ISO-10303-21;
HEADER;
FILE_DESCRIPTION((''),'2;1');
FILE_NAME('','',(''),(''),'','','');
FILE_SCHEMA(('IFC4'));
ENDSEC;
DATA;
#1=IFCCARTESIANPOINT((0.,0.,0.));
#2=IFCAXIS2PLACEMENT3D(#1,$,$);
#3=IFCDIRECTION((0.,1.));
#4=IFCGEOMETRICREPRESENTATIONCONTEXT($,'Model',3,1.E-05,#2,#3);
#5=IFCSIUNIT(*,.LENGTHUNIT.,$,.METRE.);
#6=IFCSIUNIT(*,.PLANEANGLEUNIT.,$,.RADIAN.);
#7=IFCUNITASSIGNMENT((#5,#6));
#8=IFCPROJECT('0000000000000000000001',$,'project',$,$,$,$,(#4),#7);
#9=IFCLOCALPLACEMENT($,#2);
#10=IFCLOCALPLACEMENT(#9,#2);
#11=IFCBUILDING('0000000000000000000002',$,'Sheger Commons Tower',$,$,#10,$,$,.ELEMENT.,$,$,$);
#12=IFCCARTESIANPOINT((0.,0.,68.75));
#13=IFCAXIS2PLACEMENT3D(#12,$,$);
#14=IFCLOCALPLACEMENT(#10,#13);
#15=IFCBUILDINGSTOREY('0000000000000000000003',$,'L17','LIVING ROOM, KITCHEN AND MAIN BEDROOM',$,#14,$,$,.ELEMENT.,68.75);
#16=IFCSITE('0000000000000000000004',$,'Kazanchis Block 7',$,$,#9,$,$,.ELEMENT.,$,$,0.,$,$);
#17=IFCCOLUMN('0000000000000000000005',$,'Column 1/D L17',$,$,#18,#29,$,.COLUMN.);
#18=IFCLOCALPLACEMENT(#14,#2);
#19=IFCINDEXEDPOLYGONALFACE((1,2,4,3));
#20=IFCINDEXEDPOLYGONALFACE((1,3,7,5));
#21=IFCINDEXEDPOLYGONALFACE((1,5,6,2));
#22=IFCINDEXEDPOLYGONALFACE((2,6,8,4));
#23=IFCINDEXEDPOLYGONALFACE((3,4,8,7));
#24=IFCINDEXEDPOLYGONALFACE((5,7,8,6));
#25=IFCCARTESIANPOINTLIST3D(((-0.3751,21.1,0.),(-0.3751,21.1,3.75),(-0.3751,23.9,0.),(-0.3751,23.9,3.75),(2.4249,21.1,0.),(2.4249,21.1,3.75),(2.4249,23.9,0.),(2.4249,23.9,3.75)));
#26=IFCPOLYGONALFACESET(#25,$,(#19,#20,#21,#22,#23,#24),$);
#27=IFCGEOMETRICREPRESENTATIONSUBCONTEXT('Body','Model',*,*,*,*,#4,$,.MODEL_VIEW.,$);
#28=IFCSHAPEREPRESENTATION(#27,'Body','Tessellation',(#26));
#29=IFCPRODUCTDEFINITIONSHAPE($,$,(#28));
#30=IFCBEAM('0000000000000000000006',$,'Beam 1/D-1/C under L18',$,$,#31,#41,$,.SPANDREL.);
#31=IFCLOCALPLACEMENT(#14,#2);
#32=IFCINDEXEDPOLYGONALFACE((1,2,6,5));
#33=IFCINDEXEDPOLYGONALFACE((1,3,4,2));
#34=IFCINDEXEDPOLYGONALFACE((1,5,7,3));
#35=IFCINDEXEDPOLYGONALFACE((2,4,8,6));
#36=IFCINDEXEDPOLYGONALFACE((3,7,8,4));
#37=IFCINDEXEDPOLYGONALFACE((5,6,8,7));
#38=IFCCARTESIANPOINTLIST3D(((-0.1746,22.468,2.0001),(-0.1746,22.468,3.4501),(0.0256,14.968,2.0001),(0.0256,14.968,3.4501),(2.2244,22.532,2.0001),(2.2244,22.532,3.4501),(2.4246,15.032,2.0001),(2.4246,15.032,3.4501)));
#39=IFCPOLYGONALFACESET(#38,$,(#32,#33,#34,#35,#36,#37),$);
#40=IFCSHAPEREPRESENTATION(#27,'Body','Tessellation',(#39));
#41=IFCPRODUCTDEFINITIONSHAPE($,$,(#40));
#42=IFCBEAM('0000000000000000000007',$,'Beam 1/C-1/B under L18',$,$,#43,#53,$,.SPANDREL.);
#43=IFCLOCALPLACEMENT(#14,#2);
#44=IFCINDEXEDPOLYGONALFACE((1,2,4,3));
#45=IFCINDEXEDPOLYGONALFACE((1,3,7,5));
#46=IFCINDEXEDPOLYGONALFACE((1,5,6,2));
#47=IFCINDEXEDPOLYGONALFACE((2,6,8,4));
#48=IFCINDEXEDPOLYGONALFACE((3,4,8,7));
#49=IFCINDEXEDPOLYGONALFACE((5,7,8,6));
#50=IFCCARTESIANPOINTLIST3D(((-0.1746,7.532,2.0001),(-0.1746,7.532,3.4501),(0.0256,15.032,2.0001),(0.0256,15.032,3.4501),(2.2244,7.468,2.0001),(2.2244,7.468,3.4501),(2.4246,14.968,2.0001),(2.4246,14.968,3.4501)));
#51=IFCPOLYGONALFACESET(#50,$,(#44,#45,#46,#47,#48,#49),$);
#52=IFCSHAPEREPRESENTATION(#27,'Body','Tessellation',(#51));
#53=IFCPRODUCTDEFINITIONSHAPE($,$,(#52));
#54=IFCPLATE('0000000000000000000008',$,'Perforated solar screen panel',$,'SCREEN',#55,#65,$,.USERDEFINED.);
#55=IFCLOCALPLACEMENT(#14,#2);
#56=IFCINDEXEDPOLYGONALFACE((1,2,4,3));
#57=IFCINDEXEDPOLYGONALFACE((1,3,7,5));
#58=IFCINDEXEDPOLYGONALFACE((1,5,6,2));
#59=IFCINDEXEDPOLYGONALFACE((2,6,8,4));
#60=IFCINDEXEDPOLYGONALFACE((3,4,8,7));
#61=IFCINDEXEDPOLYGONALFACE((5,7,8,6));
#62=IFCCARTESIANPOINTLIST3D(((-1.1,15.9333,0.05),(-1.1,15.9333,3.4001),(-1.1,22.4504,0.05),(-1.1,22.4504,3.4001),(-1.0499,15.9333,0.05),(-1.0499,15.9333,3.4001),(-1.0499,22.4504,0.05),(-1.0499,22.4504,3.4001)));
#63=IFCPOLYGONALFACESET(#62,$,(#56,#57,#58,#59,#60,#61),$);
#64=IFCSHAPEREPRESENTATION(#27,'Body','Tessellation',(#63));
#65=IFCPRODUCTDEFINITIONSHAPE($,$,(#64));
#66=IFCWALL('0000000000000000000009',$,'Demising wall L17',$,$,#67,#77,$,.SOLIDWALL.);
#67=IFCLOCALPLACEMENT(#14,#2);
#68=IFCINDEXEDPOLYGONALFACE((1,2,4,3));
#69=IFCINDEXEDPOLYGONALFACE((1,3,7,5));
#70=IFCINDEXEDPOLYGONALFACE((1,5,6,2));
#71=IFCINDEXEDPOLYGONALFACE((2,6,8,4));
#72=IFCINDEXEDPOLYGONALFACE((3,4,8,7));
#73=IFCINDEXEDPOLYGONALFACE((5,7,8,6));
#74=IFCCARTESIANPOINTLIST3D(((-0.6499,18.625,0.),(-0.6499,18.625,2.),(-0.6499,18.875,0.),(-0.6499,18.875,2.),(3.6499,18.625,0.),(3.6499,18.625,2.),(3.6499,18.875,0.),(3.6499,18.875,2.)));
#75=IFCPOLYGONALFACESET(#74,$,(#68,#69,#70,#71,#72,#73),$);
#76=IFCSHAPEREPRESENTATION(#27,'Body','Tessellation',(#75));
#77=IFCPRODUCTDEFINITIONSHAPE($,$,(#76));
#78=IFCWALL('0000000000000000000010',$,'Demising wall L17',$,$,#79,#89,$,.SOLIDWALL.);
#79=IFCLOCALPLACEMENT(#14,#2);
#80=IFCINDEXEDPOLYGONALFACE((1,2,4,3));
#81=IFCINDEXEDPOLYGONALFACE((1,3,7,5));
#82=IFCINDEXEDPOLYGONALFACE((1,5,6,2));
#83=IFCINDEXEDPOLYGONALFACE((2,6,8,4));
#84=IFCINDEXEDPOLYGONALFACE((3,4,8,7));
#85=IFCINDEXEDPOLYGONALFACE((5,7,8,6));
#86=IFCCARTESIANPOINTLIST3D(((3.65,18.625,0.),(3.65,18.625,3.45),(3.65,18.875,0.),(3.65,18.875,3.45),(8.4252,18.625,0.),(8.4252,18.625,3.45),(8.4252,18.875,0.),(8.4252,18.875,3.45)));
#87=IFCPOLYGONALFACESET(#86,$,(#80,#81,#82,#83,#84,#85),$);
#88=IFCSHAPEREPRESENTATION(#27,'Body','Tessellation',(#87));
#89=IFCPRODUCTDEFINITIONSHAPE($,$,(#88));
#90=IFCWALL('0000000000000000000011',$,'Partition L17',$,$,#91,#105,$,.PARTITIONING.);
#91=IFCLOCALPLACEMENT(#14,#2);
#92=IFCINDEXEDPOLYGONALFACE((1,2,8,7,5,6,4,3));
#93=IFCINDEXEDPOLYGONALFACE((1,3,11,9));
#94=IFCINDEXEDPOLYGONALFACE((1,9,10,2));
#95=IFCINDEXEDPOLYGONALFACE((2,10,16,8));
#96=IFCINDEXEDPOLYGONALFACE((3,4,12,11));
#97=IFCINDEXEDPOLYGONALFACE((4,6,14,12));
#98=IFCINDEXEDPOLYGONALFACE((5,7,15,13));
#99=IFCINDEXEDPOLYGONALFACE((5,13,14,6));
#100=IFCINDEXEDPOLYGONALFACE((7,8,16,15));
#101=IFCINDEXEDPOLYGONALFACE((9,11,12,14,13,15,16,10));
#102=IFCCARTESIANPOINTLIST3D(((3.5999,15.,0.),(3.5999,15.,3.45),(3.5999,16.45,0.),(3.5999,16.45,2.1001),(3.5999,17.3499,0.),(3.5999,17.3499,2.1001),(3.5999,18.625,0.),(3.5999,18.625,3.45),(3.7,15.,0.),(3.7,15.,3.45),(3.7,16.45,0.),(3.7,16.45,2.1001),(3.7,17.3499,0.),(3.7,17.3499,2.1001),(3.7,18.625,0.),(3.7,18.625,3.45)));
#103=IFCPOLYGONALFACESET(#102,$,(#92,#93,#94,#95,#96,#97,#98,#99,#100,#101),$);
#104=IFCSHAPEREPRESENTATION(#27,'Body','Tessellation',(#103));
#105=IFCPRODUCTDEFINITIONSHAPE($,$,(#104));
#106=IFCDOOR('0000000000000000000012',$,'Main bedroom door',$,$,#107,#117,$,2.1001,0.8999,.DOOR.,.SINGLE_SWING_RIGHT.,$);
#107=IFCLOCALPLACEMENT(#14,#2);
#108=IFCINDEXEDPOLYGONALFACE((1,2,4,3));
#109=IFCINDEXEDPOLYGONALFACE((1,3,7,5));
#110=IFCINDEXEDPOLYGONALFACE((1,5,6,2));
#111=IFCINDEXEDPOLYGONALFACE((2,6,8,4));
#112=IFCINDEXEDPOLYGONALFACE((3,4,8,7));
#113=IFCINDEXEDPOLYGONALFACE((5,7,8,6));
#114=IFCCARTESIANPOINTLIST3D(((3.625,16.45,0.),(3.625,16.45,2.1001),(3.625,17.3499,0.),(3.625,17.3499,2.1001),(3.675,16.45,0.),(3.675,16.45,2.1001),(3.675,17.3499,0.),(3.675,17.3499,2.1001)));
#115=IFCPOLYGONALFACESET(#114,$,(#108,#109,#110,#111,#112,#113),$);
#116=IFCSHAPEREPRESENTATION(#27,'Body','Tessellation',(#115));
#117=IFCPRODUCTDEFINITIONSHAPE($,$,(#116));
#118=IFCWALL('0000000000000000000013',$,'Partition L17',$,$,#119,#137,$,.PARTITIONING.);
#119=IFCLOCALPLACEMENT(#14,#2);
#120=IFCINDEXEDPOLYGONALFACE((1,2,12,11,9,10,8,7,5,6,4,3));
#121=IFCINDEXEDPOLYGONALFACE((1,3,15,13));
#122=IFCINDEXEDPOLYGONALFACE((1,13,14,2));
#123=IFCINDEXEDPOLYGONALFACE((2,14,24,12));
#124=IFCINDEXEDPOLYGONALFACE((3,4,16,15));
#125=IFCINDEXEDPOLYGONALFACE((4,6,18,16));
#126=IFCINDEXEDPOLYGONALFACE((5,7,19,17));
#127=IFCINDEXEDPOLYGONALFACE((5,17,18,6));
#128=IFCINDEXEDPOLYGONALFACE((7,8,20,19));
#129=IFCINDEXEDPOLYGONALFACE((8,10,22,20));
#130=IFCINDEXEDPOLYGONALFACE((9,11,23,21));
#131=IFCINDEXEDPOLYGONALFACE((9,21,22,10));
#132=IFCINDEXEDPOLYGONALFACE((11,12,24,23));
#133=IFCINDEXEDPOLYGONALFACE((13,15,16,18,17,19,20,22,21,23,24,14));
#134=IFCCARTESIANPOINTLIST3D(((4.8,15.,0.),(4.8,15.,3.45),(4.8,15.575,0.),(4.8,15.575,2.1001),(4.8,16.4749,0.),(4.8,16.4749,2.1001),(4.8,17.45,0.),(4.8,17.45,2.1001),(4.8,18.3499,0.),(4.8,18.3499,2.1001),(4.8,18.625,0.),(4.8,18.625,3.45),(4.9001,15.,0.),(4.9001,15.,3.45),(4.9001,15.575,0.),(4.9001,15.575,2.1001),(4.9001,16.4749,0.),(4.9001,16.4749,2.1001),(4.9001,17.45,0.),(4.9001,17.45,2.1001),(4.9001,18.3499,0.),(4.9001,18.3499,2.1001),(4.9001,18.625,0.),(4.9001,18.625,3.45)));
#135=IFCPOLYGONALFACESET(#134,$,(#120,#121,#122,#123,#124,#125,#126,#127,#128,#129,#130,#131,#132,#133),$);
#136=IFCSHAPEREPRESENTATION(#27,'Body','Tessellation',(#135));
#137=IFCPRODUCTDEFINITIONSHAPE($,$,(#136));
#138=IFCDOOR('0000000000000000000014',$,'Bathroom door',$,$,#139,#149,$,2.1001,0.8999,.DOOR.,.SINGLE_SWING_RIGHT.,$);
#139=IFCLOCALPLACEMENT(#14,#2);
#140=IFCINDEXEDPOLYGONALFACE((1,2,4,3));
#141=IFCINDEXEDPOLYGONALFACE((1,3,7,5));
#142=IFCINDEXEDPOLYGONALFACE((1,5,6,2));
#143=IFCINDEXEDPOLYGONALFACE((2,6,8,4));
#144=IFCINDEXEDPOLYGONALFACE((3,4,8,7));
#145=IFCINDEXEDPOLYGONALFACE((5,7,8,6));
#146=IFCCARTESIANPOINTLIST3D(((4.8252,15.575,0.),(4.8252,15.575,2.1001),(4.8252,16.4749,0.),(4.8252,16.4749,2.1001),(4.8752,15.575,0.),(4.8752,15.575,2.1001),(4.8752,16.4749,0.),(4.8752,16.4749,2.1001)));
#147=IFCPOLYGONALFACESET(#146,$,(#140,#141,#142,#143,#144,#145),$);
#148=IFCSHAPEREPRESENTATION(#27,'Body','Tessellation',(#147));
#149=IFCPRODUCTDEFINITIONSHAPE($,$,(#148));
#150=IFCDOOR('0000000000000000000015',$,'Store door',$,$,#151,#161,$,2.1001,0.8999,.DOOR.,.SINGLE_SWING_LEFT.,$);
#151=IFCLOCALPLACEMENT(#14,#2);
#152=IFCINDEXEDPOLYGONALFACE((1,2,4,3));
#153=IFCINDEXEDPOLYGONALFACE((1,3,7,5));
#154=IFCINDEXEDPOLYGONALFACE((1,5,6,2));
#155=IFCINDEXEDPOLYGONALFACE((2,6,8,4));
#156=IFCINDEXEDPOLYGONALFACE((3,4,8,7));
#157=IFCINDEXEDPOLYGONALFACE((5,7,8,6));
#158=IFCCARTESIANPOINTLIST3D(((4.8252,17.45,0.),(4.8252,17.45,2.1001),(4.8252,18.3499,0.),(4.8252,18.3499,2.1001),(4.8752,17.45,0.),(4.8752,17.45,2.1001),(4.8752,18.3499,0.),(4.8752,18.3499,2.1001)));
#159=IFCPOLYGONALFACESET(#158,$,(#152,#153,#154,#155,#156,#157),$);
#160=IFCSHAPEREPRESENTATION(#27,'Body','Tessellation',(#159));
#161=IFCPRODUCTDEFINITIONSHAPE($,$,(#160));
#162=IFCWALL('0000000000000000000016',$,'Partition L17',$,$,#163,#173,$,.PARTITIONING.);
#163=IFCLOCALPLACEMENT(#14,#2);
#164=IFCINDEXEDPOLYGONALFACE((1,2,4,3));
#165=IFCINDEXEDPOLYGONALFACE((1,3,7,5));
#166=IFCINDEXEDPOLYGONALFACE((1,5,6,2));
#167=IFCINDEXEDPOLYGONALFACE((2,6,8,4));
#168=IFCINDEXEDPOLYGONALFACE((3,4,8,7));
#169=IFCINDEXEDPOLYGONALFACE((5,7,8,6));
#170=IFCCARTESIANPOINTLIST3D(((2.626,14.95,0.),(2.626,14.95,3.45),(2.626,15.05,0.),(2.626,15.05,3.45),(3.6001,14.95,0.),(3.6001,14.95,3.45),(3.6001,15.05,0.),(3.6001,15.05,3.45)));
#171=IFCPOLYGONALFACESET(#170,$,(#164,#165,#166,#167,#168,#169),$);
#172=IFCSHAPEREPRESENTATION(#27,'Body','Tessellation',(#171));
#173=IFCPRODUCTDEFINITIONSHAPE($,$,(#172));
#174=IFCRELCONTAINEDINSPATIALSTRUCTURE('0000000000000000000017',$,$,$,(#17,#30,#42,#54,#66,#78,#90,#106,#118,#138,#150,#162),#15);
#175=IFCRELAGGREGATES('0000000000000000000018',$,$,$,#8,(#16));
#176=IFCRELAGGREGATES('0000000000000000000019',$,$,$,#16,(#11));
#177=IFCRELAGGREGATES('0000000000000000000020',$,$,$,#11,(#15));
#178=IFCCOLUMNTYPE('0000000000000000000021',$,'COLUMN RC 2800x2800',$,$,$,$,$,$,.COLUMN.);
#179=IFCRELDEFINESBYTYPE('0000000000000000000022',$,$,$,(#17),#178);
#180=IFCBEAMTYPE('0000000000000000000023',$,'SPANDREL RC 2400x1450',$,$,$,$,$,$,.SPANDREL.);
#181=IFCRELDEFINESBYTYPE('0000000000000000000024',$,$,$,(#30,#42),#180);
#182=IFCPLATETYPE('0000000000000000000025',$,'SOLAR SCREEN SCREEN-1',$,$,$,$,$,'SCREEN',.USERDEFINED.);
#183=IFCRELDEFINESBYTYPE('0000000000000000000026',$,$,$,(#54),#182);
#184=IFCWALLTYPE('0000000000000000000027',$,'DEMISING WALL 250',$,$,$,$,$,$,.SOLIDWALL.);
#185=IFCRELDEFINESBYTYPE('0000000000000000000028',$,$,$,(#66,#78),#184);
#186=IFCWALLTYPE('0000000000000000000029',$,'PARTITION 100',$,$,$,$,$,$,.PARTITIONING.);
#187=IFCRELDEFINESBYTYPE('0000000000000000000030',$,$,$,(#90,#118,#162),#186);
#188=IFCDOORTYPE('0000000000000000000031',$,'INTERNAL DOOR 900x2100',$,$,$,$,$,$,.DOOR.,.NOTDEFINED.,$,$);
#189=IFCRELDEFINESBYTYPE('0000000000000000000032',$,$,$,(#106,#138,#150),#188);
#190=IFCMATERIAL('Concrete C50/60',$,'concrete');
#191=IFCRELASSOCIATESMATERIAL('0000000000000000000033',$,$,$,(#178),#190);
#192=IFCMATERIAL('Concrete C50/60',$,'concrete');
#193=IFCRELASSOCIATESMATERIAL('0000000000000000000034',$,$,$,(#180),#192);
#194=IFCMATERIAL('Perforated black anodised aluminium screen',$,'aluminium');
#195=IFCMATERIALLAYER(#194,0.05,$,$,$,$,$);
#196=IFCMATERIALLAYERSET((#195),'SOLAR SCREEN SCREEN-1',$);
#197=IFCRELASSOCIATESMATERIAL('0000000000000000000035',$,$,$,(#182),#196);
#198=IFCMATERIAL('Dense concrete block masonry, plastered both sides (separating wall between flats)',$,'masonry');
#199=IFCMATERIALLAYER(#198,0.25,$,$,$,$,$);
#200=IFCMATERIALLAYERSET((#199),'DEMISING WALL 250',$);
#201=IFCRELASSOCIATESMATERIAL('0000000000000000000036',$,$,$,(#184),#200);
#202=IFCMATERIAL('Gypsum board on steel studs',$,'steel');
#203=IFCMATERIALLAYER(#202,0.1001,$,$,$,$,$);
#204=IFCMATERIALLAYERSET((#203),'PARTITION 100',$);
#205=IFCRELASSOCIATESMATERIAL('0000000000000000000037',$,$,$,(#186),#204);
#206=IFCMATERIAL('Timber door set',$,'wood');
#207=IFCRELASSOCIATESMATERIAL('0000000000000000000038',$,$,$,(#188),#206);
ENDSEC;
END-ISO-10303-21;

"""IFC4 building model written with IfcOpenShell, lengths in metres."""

from ifc_helpers import new_model, si_unit, direction, frame, frame_2d, origin, origin_2d, place, context, subcontext, project, spatial, rectangle, extrude, material, layer, layer_set, material_profile, profile_set, type_object, element, fill, save


model = new_model("IFC4")

# Units and contexts
model_context = context("Model", 3, precision=1e-05, world=origin(), true_north=direction((0.0, 1.0)))
body_context = subcontext(model_context, "Body", "Model", "MODEL_VIEW")
ifc_project = project(units=[si_unit("LENGTHUNIT", "METRE"), si_unit("PLANEANGLEUNIT", "RADIAN")], contexts=[model_context])

# Site, building, storey
site_placement = place(None, origin())
site = spatial("IfcSite", under=ifc_project, at=site_placement, Name="Kazanchis Block 7", CompositionType="ELEMENT", RefElevation=0.0)
building_placement = place(site_placement, origin())
building = spatial("IfcBuilding", under=site, at=building_placement, Name="Sheger Commons Tower", CompositionType="ELEMENT")
storey_placement = place(building_placement, frame((0.0, 0.0, 68.75)))
storey = spatial("IfcBuildingStorey", under=building, at=storey_placement, Name="L17", Description="LIVING ROOM, KITCHEN AND MAIN BEDROOM", CompositionType="ELEMENT", Elevation=68.75)

# Column
ifc_material_1 = material(Name="Concrete C50/60", Category="concrete")
ifc_material_profile_1 = material_profile(ifc_material_1, rectangle(XDim=2.8, YDim=2.8, at=origin_2d()), Name="RC 2800x2800")
ifc_profile_set_1 = profile_set([ifc_material_profile_1], Name="Concrete C50/60")
column_type = type_object("IfcColumnType", Name="COLUMN RC 2800x2800", PredefinedType="COLUMN", material=ifc_profile_set_1)
column_placement = place(storey_placement, frame((1.0249, 22.5, 0.0), z_axis=(0.0, 0.0, 1.0), x_axis=(1.0, 0.0, 0.0)))
element("IfcColumn", 1, at=column_placement, inside=storey, type_object=column_type, Name="Column 1/D L17", PredefinedType="COLUMN", context=body_context, shape_type="SweptSolid", body=[
    extrude(rectangle(XDim=2.8, YDim=2.8, at=origin_2d()), origin(), (0.0, 0.0, 1.0), 3.75),
])

# Beams
ifc_material_2 = material(Name="Concrete C50/60", Category="concrete")
ifc_material_profile_2 = material_profile(ifc_material_2, rectangle(XDim=2.3999, YDim=1.45, at=origin_2d()), Name="RC 2400x1450")
ifc_profile_set_2 = profile_set([ifc_material_profile_2], Name="Concrete C50/60")
beam_type = type_object("IfcBeamType", Name="SPANDREL RC 2400x1450", PredefinedType="SPANDREL", material=ifc_profile_set_2)
for number, where, z_axis, x_axis, name in (
    (2, (1.0249, 22.5, 2.7251), (0.026683, -0.999644, 0.0), (0.999644, 0.026683, 0.0), "Beam 1/D-1/C under L18"),
    (3, (1.2251, 15.0, 2.7251), (-0.026683, -0.999644, 0.0), (0.999644, -0.026683, 0.0), "Beam 1/C-1/B under L18"),
):
    element("IfcBeam", number, at=place(storey_placement, frame(where, z_axis=z_axis, x_axis=x_axis)), inside=storey, type_object=beam_type, Name=name, PredefinedType="SPANDREL", context=body_context, shape_type="SweptSolid", body=[
        extrude(rectangle(XDim=2.3999, YDim=1.45, at=origin_2d()), origin(), (0.0, 0.0, 1.0), 7.5027),
    ])

# Plate
ifc_material_3 = material(Name="Perforated black anodised aluminium screen", Category="aluminium")
ifc_layer_1 = layer(ifc_material_3, 0.05)
ifc_layer_set_1 = layer_set([ifc_layer_1], Name="SOLAR SCREEN SCREEN-1")
plate_type = type_object("IfcPlateType", Name="SOLAR SCREEN SCREEN-1", ElementType="SCREEN", PredefinedType="USERDEFINED", material=ifc_layer_set_1)
plate_placement = place(storey_placement, frame((-1.075, 19.1919, 0.05), z_axis=(0.0, 0.0, 1.0), x_axis=(0.0, -1.0, 0.0)))
element("IfcPlate", 4, at=plate_placement, inside=storey, type_object=plate_type, Name="Perforated solar screen panel", ObjectType="SCREEN", PredefinedType="USERDEFINED", context=body_context, shape_type="SweptSolid", body=[
    extrude(rectangle(XDim=6.5171, YDim=0.05, at=origin_2d()), origin(), (0.0, 0.0, 1.0), 3.3501),
])

# Walls
ifc_material_4 = material(Name="Dense concrete block masonry, plastered both sides (separating wall between flats)", Category="masonry")
ifc_layer_2 = layer(ifc_material_4, 0.25)
ifc_layer_set_2 = layer_set([ifc_layer_2], Name="DEMISING WALL 250")
wall_type_1 = type_object("IfcWallType", Name="DEMISING WALL 250", PredefinedType="SOLIDWALL", material=ifc_layer_set_2)
wall_1_placement = place(storey_placement, frame((-0.6499, 18.75, 0.0), z_axis=(0.0, 0.0, 1.0), x_axis=(1.0, 0.0, 0.0)))
element("IfcWall", 5, at=wall_1_placement, inside=storey, type_object=wall_type_1, Name="Demising wall L17", PredefinedType="SOLIDWALL", context=body_context, shape_type="SweptSolid", body=[
    extrude(rectangle(XDim=4.2998, YDim=0.25, at=frame_2d((2.1499, 0.0))), origin(), (0.0, 0.0, 1.0), 2.0),
])
wall_2_placement = place(storey_placement, frame((3.6499, 18.75, 0.0), z_axis=(0.0, 0.0, 1.0), x_axis=(1.0, 0.0, 0.0)))
element("IfcWall", 6, at=wall_2_placement, inside=storey, type_object=wall_type_1, Name="Demising wall L17", PredefinedType="SOLIDWALL", context=body_context, shape_type="SweptSolid", body=[
    extrude(rectangle(XDim=4.7751, YDim=0.25, at=frame_2d((2.3877, 0.0))), origin(), (0.0, 0.0, 1.0), 3.45),
])

# Wall, opening, door
ifc_material_5 = material(Name="Gypsum board on steel studs", Category="steel")
ifc_layer_3 = layer(ifc_material_5, 0.1001)
ifc_layer_set_3 = layer_set([ifc_layer_3], Name="PARTITION 100")
wall_type_2 = type_object("IfcWallType", Name="PARTITION 100", PredefinedType="PARTITIONING", material=ifc_layer_set_3)
wall_3_placement = place(storey_placement, frame((3.6499, 15.0, 0.0), z_axis=(0.0, 0.0, 1.0), x_axis=(0.0, 1.0, 0.0)))
wall_3 = element("IfcWall", 7, at=wall_3_placement, inside=storey, type_object=wall_type_2, Name="Partition L17", PredefinedType="PARTITIONING", context=body_context, shape_type="SweptSolid", body=[
    extrude(rectangle(XDim=3.625, YDim=0.1001, at=frame_2d((1.8125, 0.0))), origin(), (0.0, 0.0, 1.0), 3.45),
])
opening_1_placement = place(wall_3_placement, frame((1.45, 0.0, 0.0)))
opening_1 = element("IfcOpeningElement", 8, at=opening_1_placement, cuts=wall_3, PredefinedType="OPENING", context=body_context, shape_type="SweptSolid", body=[
    extrude(rectangle(XDim=0.8999, YDim=2.1001, at=frame_2d((0.45, 1.05))), frame((0.0, 0.0601, 0.0), z_axis=(0.0, -1.0, 0.0), x_axis=(1.0, 0.0, 0.0)), (0.0, 0.0, 1.0), 0.1201),
])
ifc_material_6 = material(Name="Timber door set", Category="wood")
door_type = type_object("IfcDoorType", Name="INTERNAL DOOR 900x2100", OperationType="NOTDEFINED", PredefinedType="DOOR", material=ifc_material_6)
door_1_placement = place(opening_1_placement, origin())
door_1 = element("IfcDoor", 9, at=door_1_placement, inside=storey, type_object=door_type, Name="Main bedroom door", OperationType="SINGLE_SWING_RIGHT", OverallHeight=2.1001, OverallWidth=0.8999, PredefinedType="DOOR", context=body_context, shape_type="SweptSolid", body=[
    extrude(rectangle(XDim=0.8999, YDim=2.1001, at=frame_2d((0.45, 1.05))), frame((0.0, 0.0249, 0.0), z_axis=(0.0, -1.0, 0.0), x_axis=(1.0, 0.0, 0.0)), (0.0, 0.0, 1.0), 0.05),
])
fill(opening_1, door_1)

# Wall, openings, doors
wall_4_placement = place(storey_placement, frame((4.8501, 15.0, 0.0), z_axis=(0.0, 0.0, 1.0), x_axis=(0.0, 1.0, 0.0)))
wall_4 = element("IfcWall", 10, at=wall_4_placement, inside=storey, type_object=wall_type_2, Name="Partition L17", PredefinedType="PARTITIONING", context=body_context, shape_type="SweptSolid", body=[
    extrude(rectangle(XDim=3.625, YDim=0.1001, at=frame_2d((1.8125, 0.0))), origin(), (0.0, 0.0, 1.0), 3.45),
])
opening_2_placement = place(wall_4_placement, frame((0.575, 0.0, 0.0)))
opening_2 = element("IfcOpeningElement", 11, at=opening_2_placement, cuts=wall_4, PredefinedType="OPENING", context=body_context, shape_type="SweptSolid", body=[
    extrude(rectangle(XDim=0.8999, YDim=2.1001, at=frame_2d((0.45, 1.05))), frame((0.0, 0.0601, 0.0), z_axis=(0.0, -1.0, 0.0), x_axis=(1.0, 0.0, 0.0)), (0.0, 0.0, 1.0), 0.1201),
])
opening_3_placement = place(wall_4_placement, frame((2.45, 0.0, 0.0)))
opening_3 = element("IfcOpeningElement", 12, at=opening_3_placement, cuts=wall_4, PredefinedType="OPENING", context=body_context, shape_type="SweptSolid", body=[
    extrude(rectangle(XDim=0.8999, YDim=2.1001, at=frame_2d((0.45, 1.05))), frame((0.0, 0.0601, 0.0), z_axis=(0.0, -1.0, 0.0), x_axis=(1.0, 0.0, 0.0)), (0.0, 0.0, 1.0), 0.1201),
])
door_2_placement = place(opening_2_placement, origin())
door_2 = element("IfcDoor", 13, at=door_2_placement, inside=storey, type_object=door_type, Name="Bathroom door", OperationType="SINGLE_SWING_RIGHT", OverallHeight=2.1001, OverallWidth=0.8999, PredefinedType="DOOR", context=body_context, shape_type="SweptSolid", body=[
    extrude(rectangle(XDim=0.8999, YDim=2.1001, at=frame_2d((0.45, 1.05))), frame((0.0, 0.0249, 0.0), z_axis=(0.0, -1.0, 0.0), x_axis=(1.0, 0.0, 0.0)), (0.0, 0.0, 1.0), 0.05),
])
fill(opening_2, door_2)
door_3_placement = place(opening_3_placement, origin())
door_3 = element("IfcDoor", 14, at=door_3_placement, inside=storey, type_object=door_type, Name="Store door", OperationType="SINGLE_SWING_LEFT", OverallHeight=2.1001, OverallWidth=0.8999, PredefinedType="DOOR", context=body_context, shape_type="SweptSolid", body=[
    extrude(rectangle(XDim=0.8999, YDim=2.1001, at=frame_2d((0.45, 1.05))), frame((0.0, 0.0249, 0.0), z_axis=(0.0, -1.0, 0.0), x_axis=(1.0, 0.0, 0.0)), (0.0, 0.0, 1.0), 0.05),
])
fill(opening_3, door_3)

# Wall
wall_5_placement = place(storey_placement, frame((2.626, 15.0, 0.0), z_axis=(0.0, 0.0, 1.0), x_axis=(1.0, 0.0, 0.0)))
element("IfcWall", 15, at=wall_5_placement, inside=storey, type_object=wall_type_2, Name="Partition L17", PredefinedType="PARTITIONING", context=body_context, shape_type="SweptSolid", body=[
    extrude(rectangle(XDim=0.9741, YDim=0.1001, at=frame_2d((0.4871, 0.0))), origin(), (0.0, 0.0, 1.0), 3.45),
])

save(model, "model.ifc")
